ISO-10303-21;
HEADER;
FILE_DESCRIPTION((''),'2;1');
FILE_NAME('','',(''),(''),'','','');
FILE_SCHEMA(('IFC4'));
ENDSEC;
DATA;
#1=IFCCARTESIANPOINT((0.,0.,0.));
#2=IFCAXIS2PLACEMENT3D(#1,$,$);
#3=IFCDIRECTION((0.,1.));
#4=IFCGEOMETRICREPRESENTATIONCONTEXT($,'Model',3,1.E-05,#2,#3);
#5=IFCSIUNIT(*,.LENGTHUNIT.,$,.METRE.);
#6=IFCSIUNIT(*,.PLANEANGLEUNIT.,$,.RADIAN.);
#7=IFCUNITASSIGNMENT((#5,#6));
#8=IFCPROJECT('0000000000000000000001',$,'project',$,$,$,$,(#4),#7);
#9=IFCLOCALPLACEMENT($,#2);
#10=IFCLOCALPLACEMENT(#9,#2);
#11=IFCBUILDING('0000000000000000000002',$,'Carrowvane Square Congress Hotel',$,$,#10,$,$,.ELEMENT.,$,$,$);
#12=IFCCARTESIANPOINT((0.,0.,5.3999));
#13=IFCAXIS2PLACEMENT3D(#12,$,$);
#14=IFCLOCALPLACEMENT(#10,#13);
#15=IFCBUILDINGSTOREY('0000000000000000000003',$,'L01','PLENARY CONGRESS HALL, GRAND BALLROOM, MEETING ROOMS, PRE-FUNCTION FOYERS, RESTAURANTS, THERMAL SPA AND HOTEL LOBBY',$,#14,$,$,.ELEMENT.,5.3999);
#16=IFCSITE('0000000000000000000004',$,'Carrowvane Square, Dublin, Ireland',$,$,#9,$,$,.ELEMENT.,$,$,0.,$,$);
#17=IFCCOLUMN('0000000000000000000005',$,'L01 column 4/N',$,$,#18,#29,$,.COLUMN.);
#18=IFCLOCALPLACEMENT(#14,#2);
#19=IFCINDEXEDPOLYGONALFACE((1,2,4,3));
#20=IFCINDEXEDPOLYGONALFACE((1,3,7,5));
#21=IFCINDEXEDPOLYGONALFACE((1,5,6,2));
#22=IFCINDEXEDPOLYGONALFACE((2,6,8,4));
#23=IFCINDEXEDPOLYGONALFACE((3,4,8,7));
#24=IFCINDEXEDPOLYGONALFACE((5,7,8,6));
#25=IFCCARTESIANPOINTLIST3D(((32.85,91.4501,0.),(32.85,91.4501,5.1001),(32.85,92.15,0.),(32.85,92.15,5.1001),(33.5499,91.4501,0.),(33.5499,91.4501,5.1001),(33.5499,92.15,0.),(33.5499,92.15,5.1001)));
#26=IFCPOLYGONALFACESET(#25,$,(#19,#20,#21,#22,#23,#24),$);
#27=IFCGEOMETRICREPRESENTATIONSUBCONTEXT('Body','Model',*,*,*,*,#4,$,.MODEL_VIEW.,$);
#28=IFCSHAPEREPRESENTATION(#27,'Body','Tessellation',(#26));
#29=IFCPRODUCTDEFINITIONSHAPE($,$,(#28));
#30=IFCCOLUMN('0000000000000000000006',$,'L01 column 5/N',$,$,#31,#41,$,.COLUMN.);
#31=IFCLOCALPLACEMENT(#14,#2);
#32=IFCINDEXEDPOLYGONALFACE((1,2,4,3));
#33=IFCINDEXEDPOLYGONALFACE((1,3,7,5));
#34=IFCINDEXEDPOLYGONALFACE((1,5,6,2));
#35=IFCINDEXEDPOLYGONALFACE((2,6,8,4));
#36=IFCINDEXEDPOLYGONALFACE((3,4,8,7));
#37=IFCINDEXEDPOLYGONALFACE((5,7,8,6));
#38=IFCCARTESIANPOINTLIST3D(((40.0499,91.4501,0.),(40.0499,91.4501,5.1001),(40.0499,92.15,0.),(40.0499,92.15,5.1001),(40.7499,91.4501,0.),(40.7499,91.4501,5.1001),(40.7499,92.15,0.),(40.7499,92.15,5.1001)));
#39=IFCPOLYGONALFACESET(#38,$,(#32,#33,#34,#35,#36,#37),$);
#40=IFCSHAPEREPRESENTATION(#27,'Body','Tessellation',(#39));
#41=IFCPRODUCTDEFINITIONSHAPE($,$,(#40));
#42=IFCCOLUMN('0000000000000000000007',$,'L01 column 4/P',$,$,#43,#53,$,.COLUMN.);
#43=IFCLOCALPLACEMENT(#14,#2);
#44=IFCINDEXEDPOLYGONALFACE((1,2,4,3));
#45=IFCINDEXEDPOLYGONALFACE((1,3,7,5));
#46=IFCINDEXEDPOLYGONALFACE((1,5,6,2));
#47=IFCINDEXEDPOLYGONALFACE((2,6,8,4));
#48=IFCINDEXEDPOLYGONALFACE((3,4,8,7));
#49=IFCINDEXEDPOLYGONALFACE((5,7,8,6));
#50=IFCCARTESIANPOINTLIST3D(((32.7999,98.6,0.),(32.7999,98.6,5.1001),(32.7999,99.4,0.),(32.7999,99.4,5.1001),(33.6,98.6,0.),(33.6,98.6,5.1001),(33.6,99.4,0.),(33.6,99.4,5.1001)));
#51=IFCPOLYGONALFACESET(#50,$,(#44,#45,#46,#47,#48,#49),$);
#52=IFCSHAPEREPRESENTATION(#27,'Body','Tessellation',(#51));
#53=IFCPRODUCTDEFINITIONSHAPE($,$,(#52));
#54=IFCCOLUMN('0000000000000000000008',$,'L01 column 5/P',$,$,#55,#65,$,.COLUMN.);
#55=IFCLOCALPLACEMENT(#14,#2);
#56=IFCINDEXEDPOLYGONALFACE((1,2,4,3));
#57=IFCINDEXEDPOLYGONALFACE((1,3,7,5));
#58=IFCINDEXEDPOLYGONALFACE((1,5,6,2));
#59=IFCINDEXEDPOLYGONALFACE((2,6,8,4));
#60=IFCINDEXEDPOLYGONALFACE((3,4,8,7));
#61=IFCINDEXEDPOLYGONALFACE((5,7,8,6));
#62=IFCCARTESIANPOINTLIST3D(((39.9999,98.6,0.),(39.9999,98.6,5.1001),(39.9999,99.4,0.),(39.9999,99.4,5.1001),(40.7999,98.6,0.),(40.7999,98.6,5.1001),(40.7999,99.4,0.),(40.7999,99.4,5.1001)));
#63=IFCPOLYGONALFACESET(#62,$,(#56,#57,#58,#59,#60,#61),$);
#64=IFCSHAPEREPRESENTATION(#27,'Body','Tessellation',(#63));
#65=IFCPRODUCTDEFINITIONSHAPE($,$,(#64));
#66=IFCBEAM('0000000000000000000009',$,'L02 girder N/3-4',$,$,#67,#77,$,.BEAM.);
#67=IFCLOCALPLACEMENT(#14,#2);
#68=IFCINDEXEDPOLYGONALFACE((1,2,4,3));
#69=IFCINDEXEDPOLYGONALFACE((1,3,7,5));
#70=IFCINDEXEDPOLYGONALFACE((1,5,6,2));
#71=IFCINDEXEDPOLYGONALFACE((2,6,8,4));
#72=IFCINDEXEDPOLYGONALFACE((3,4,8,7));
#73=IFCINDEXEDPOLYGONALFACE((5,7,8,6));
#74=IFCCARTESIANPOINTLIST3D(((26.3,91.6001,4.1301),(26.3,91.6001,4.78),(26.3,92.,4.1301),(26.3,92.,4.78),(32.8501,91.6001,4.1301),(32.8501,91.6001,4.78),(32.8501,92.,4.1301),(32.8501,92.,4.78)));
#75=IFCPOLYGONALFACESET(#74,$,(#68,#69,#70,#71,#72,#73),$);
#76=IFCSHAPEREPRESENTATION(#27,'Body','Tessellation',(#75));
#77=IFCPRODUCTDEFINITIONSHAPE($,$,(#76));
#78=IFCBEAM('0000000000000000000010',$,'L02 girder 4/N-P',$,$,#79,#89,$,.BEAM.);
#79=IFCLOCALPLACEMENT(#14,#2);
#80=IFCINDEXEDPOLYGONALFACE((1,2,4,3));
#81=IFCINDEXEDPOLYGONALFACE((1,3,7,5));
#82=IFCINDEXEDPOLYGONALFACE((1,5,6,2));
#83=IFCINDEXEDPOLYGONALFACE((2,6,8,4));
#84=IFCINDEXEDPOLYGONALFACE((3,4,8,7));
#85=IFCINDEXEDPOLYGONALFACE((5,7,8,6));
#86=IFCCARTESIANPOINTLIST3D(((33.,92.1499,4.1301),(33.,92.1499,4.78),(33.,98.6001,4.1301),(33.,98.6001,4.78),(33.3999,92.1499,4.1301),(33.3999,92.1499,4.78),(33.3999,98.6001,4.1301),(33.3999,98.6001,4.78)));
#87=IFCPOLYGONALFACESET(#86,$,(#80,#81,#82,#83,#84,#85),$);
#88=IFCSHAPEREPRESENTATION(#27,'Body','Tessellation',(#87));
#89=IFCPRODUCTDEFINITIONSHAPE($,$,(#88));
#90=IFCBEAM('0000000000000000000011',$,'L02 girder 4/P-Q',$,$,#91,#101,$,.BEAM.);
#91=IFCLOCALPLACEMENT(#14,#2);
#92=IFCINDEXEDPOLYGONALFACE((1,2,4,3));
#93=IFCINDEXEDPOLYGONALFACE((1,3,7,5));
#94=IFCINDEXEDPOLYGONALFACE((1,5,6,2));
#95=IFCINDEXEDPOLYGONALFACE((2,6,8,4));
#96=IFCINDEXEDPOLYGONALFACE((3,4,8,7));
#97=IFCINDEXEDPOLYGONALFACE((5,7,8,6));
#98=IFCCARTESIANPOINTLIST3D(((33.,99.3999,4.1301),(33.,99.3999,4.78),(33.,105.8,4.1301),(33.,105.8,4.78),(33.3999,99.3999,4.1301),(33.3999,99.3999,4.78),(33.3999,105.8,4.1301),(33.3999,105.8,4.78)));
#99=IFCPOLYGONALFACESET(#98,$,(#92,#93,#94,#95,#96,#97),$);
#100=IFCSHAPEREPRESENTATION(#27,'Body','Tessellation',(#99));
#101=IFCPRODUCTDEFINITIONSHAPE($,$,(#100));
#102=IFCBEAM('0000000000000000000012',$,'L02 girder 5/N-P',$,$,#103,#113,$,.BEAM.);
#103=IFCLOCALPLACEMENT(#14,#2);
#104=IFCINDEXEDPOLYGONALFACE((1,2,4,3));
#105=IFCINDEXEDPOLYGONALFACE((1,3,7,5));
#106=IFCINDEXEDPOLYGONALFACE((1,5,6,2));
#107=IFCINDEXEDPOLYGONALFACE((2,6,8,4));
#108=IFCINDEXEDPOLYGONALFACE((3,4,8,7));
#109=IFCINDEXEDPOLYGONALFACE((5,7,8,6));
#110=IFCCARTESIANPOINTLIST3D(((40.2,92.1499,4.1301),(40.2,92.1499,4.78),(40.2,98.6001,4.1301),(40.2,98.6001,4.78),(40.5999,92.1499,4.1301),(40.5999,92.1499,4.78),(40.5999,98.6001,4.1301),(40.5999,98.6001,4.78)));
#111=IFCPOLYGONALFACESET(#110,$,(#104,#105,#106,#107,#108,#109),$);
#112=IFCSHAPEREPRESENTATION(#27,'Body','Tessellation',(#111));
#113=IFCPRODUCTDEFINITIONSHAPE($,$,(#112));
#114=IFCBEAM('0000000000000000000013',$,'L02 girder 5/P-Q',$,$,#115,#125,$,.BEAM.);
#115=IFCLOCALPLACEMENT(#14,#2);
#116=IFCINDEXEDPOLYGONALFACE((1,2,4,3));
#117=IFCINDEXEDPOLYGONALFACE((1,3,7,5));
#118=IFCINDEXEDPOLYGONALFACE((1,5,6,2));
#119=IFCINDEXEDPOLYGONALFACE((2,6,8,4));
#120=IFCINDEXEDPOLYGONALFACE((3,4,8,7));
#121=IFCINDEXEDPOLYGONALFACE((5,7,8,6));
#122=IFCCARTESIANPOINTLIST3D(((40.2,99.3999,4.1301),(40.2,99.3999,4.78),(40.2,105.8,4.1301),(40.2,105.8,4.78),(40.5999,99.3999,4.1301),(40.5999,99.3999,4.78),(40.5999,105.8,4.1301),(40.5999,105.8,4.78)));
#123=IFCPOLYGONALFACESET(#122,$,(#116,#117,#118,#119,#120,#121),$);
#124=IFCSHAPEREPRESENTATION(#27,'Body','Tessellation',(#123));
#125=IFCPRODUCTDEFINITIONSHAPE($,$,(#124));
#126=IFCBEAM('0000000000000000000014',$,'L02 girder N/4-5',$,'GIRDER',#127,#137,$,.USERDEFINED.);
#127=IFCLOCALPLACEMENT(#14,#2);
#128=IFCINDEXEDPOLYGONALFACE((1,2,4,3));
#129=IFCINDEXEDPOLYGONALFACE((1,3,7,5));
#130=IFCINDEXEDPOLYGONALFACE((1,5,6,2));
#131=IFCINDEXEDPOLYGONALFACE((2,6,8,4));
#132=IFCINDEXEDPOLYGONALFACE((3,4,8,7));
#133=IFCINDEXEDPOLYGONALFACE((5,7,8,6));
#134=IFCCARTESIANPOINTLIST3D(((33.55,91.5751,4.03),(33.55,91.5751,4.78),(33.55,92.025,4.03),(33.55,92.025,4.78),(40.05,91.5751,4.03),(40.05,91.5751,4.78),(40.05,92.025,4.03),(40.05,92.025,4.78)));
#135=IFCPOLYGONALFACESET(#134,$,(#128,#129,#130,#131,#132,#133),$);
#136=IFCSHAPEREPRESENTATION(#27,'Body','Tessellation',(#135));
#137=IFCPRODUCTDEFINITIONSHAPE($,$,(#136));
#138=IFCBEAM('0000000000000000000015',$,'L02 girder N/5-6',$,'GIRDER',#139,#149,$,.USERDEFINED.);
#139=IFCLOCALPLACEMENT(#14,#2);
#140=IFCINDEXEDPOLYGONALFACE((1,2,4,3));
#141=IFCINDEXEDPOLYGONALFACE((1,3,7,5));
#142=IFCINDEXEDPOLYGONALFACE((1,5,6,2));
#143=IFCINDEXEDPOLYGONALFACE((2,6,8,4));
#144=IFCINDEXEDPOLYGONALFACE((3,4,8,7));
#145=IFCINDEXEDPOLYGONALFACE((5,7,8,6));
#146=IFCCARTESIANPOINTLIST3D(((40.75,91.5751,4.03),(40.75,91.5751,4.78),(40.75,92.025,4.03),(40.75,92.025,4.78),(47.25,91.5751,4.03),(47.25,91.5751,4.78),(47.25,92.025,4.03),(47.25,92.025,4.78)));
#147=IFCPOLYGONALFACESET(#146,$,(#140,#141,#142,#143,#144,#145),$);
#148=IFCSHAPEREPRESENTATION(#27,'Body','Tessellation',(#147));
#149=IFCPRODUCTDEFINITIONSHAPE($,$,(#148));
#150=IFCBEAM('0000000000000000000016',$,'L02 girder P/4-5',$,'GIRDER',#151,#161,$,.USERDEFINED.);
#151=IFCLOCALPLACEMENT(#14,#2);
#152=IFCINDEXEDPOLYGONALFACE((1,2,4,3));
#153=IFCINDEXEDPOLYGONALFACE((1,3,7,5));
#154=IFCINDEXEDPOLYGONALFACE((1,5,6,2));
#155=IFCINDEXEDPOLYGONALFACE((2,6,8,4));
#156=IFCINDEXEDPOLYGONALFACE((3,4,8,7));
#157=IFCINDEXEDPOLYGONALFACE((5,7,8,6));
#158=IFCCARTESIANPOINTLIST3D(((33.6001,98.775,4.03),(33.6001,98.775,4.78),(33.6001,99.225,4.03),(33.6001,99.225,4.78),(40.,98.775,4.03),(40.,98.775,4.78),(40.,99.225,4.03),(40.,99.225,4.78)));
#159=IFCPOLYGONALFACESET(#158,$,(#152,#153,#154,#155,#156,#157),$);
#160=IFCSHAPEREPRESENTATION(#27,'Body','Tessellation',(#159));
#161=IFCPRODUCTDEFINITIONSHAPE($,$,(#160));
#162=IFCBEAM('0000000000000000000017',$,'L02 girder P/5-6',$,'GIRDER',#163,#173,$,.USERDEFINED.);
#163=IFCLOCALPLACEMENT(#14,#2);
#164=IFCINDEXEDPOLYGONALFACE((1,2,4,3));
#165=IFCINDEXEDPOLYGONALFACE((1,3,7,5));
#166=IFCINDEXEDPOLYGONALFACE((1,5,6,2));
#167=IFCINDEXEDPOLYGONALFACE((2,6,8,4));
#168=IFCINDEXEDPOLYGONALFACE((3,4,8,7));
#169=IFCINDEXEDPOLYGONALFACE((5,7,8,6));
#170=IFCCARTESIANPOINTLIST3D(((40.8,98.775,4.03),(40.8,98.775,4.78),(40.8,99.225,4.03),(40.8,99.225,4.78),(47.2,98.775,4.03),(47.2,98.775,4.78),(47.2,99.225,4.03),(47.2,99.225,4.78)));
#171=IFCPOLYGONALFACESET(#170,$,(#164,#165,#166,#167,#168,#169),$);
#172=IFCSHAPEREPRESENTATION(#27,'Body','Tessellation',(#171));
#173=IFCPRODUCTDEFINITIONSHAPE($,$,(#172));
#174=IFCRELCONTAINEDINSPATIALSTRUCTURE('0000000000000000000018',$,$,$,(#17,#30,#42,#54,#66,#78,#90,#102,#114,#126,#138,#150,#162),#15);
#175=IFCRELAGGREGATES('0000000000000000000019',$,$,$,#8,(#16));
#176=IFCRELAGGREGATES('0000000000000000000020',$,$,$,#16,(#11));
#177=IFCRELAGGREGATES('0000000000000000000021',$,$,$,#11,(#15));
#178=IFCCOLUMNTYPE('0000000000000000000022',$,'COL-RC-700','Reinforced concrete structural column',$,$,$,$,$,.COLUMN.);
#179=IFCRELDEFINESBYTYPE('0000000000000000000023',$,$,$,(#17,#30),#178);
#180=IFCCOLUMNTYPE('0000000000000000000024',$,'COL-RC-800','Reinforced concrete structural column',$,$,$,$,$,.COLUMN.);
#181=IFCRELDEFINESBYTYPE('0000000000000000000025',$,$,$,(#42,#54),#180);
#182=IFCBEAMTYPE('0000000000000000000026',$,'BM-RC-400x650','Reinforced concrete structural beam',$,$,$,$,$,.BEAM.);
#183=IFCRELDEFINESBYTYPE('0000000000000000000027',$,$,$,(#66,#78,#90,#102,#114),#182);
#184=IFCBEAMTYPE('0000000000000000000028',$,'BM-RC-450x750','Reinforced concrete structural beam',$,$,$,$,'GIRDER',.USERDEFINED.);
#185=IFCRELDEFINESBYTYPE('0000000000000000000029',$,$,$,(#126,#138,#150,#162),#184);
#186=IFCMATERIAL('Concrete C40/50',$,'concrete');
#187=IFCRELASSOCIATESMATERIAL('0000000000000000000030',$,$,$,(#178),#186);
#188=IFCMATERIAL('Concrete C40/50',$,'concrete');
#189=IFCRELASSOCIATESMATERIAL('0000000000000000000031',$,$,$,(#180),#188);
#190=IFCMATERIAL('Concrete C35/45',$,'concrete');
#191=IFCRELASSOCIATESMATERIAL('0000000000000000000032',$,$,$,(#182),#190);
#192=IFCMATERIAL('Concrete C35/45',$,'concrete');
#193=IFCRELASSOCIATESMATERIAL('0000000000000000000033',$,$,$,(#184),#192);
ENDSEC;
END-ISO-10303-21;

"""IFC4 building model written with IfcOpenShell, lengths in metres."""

from ifc_helpers import new_model, si_unit, direction, frame, origin, origin_2d, place, context, subcontext, project, spatial, rectangle, extrude, material, material_profile, profile_set, type_object, element, save


model = new_model("IFC4")

# Units and contexts
model_context = context("Model", 3, precision=1e-05, world=origin(), true_north=direction((0.0, 1.0)))
body_context = subcontext(model_context, "Body", "Model", "MODEL_VIEW")
ifc_project = project(units=[si_unit("LENGTHUNIT", "METRE"), si_unit("PLANEANGLEUNIT", "RADIAN")], contexts=[model_context])

# Site, building, storey
site_placement = place(None, origin())
site = spatial("IfcSite", under=ifc_project, at=site_placement, Name="Carrowvane Square, Dublin, Ireland", CompositionType="ELEMENT", RefElevation=0.0)
building_placement = place(site_placement, origin())
building = spatial("IfcBuilding", under=site, at=building_placement, Name="Carrowvane Square Congress Hotel", CompositionType="ELEMENT")
storey_placement = place(building_placement, frame((0.0, 0.0, 5.3999)))
storey = spatial("IfcBuildingStorey", under=building, at=storey_placement, Name="L01", Description="PLENARY CONGRESS HALL, GRAND BALLROOM, MEETING ROOMS, PRE-FUNCTION FOYERS, RESTAURANTS, THERMAL SPA AND HOTEL LOBBY", CompositionType="ELEMENT", Elevation=5.3999)

# Columns
ifc_material_1 = material(Name="Concrete C40/50", Category="concrete")
ifc_material_profile_1 = material_profile(ifc_material_1, rectangle(XDim=0.7, YDim=0.7, at=origin_2d()), Name="RC 700x700")
ifc_profile_set_1 = profile_set([ifc_material_profile_1], Name="Concrete C40/50")
column_type_1 = type_object("IfcColumnType", Name="COL-RC-700", Description="Reinforced concrete structural column", PredefinedType="COLUMN", material=ifc_profile_set_1)
for number, where, z_axis, x_axis, name in (
    (1, (33.2, 91.8, 0.0), (0.0, 0.0, 1.0), (1.0, 0.0, 0.0), "L01 column 4/N"),
    (2, (40.3999, 91.8, 0.0), (0.0, 0.0, 1.0), (1.0, 0.0, 0.0), "L01 column 5/N"),
):
    element("IfcColumn", number, at=place(storey_placement, frame(where, z_axis=z_axis, x_axis=x_axis)), inside=storey, type_object=column_type_1, Name=name, PredefinedType="COLUMN", context=body_context, shape_type="SweptSolid", body=[
        extrude(rectangle(XDim=0.7, YDim=0.7, at=origin_2d()), origin(), (0.0, 0.0, 1.0), 5.1001),
    ])
ifc_material_2 = material(Name="Concrete C40/50", Category="concrete")
ifc_material_profile_2 = material_profile(ifc_material_2, rectangle(XDim=0.8, YDim=0.8, at=origin_2d()), Name="RC 800x800")
ifc_profile_set_2 = profile_set([ifc_material_profile_2], Name="Concrete C40/50")
column_type_2 = type_object("IfcColumnType", Name="COL-RC-800", Description="Reinforced concrete structural column", PredefinedType="COLUMN", material=ifc_profile_set_2)
for number, where, z_axis, x_axis, name in (
    (3, (33.2, 99.0, 0.0), (0.0, 0.0, 1.0), (1.0, 0.0, 0.0), "L01 column 4/P"),
    (4, (40.3999, 99.0, 0.0), (0.0, 0.0, 1.0), (1.0, 0.0, 0.0), "L01 column 5/P"),
):
    element("IfcColumn", number, at=place(storey_placement, frame(where, z_axis=z_axis, x_axis=x_axis)), inside=storey, type_object=column_type_2, Name=name, PredefinedType="COLUMN", context=body_context, shape_type="SweptSolid", body=[
        extrude(rectangle(XDim=0.8, YDim=0.8, at=origin_2d()), origin(), (0.0, 0.0, 1.0), 5.1001),
    ])

# Beams
ifc_material_3 = material(Name="Concrete C35/45", Category="concrete")
ifc_material_profile_3 = material_profile(ifc_material_3, rectangle(XDim=0.3999, YDim=0.6499, at=origin_2d()), Name="RC 400x650")
ifc_profile_set_3 = profile_set([ifc_material_profile_3], Name="Concrete C35/45")
beam_type_1 = type_object("IfcBeamType", Name="BM-RC-400x650", Description="Reinforced concrete structural beam", PredefinedType="BEAM", material=ifc_profile_set_3)
beam_1_placement = place(storey_placement, frame((26.3, 91.8, 4.4551), z_axis=(1.0, 0.0, 0.0), x_axis=(0.0, 1.0, 0.0)))
element("IfcBeam", 5, at=beam_1_placement, inside=storey, type_object=beam_type_1, Name="L02 girder N/3-4", PredefinedType="BEAM", context=body_context, shape_type="SweptSolid", body=[
    extrude(rectangle(XDim=0.3999, YDim=0.6499, at=origin_2d()), origin(), (0.0, 0.0, 1.0), 6.55),
])
beam_2_placement = place(storey_placement, frame((33.2, 92.1499, 4.4551), z_axis=(0.0, 1.0, 0.0), x_axis=(-1.0, 0.0, 0.0)))
element("IfcBeam", 6, at=beam_2_placement, inside=storey, type_object=beam_type_1, Name="L02 girder 4/N-P", PredefinedType="BEAM", context=body_context, shape_type="SweptSolid", body=[
    extrude(rectangle(XDim=0.3999, YDim=0.6499, at=origin_2d()), origin(), (0.0, 0.0, 1.0), 6.4502),
])
beam_3_placement = place(storey_placement, frame((33.2, 99.3999, 4.4551), z_axis=(0.0, 1.0, 0.0), x_axis=(-1.0, 0.0, 0.0)))
element("IfcBeam", 7, at=beam_3_placement, inside=storey, type_object=beam_type_1, Name="L02 girder 4/P-Q", PredefinedType="BEAM", context=body_context, shape_type="SweptSolid", body=[
    extrude(rectangle(XDim=0.3999, YDim=0.6499, at=origin_2d()), origin(), (0.0, 0.0, 1.0), 6.4001),
])
beam_4_placement = place(storey_placement, frame((40.3999, 92.1499, 4.4551), z_axis=(0.0, 1.0, 0.0), x_axis=(-1.0, 0.0, 0.0)))
element("IfcBeam", 8, at=beam_4_placement, inside=storey, type_object=beam_type_1, Name="L02 girder 5/N-P", PredefinedType="BEAM", context=body_context, shape_type="SweptSolid", body=[
    extrude(rectangle(XDim=0.3999, YDim=0.6499, at=origin_2d()), origin(), (0.0, 0.0, 1.0), 6.4502),
])
beam_5_placement = place(storey_placement, frame((40.3999, 99.3999, 4.4551), z_axis=(0.0, 1.0, 0.0), x_axis=(-1.0, 0.0, 0.0)))
element("IfcBeam", 9, at=beam_5_placement, inside=storey, type_object=beam_type_1, Name="L02 girder 5/P-Q", PredefinedType="BEAM", context=body_context, shape_type="SweptSolid", body=[
    extrude(rectangle(XDim=0.3999, YDim=0.6499, at=origin_2d()), origin(), (0.0, 0.0, 1.0), 6.4001),
])
ifc_material_4 = material(Name="Concrete C35/45", Category="concrete")
ifc_material_profile_4 = material_profile(ifc_material_4, rectangle(XDim=0.45, YDim=0.75, at=origin_2d()), Name="RC 450x750")
ifc_profile_set_4 = profile_set([ifc_material_profile_4], Name="Concrete C35/45")
beam_type_2 = type_object("IfcBeamType", Name="BM-RC-450x750", Description="Reinforced concrete structural beam", ElementType="GIRDER", PredefinedType="USERDEFINED", material=ifc_profile_set_4)
for number, where, z_axis, x_axis, name in (
    (10, (33.55, 91.8, 4.405), (1.0, 0.0, 0.0), (0.0, 1.0, 0.0), "L02 girder N/4-5"),
    (11, (40.75, 91.8, 4.405), (1.0, 0.0, 0.0), (0.0, 1.0, 0.0), "L02 girder N/5-6"),
):
    element("IfcBeam", number, at=place(storey_placement, frame(where, z_axis=z_axis, x_axis=x_axis)), inside=storey, type_object=beam_type_2, Name=name, ObjectType="GIRDER", PredefinedType="USERDEFINED", context=body_context, shape_type="SweptSolid", body=[
        extrude(rectangle(XDim=0.45, YDim=0.75, at=origin_2d()), origin(), (0.0, 0.0, 1.0), 6.5),
    ])
for number, where, z_axis, x_axis, name in (
    (12, (33.6001, 99.0, 4.405), (1.0, 0.0, 0.0), (0.0, 1.0, 0.0), "L02 girder P/4-5"),
    (13, (40.8, 99.0, 4.405), (1.0, 0.0, 0.0), (0.0, 1.0, 0.0), "L02 girder P/5-6"),
):
    element("IfcBeam", number, at=place(storey_placement, frame(where, z_axis=z_axis, x_axis=x_axis)), inside=storey, type_object=beam_type_2, Name=name, ObjectType="GIRDER", PredefinedType="USERDEFINED", context=body_context, shape_type="SweptSolid", body=[
        extrude(rectangle(XDim=0.45, YDim=0.75, at=origin_2d()), origin(), (0.0, 0.0, 1.0), 6.3999),
    ])

save(model, "model.ifc")
